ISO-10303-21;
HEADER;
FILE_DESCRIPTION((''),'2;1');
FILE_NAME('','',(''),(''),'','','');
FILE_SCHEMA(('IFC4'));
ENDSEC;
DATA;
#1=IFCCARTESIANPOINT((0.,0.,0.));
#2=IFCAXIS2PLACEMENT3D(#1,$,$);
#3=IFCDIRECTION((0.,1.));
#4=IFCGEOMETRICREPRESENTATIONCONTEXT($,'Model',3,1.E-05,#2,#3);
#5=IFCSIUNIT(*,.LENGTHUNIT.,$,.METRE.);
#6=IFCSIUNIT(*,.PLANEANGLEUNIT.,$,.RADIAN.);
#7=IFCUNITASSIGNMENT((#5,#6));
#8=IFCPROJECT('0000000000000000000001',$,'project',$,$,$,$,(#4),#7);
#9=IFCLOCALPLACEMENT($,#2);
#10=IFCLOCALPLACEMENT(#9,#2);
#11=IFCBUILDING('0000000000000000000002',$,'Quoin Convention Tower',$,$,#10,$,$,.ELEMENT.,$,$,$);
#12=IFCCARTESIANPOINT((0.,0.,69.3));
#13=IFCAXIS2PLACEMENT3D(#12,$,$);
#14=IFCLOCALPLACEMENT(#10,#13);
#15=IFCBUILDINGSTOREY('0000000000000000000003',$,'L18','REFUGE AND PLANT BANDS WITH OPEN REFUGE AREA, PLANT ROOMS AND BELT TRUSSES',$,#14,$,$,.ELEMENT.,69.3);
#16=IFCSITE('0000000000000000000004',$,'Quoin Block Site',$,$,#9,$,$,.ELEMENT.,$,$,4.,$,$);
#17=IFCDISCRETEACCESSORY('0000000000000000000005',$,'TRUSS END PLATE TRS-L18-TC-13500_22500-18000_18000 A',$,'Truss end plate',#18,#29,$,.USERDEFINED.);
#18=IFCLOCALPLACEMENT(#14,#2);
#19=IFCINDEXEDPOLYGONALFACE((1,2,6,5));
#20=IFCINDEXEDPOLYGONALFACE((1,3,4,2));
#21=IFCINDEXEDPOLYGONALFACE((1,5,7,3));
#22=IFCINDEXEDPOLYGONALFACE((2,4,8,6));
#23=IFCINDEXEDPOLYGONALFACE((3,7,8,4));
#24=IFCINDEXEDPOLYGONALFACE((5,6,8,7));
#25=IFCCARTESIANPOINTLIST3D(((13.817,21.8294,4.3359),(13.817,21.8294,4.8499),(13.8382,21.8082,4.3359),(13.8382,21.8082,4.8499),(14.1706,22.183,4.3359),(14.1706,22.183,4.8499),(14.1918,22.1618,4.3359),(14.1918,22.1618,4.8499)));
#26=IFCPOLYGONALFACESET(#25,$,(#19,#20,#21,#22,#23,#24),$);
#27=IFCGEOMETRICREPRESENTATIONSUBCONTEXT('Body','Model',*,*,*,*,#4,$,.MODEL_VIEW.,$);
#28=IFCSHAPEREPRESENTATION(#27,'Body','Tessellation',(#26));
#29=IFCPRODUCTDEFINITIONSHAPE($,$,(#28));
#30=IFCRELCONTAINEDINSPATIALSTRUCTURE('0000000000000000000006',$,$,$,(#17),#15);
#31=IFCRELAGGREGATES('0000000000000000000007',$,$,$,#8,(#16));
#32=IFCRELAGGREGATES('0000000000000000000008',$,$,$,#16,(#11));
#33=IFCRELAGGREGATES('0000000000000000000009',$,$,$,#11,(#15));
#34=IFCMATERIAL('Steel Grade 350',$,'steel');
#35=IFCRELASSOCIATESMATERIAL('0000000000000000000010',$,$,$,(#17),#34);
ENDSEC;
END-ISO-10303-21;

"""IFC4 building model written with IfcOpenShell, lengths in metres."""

from ifc_helpers import new_model, si_unit, direction, frame, origin, origin_2d, place, context, subcontext, project, spatial, rectangle, extrude, material, element, save


model = new_model("IFC4")

# Units and contexts
model_context = context("Model", 3, precision=1e-05, world=origin(), true_north=direction((0.0, 1.0)))
body_context = subcontext(model_context, "Body", "Model", "MODEL_VIEW")
ifc_project = project(units=[si_unit("LENGTHUNIT", "METRE"), si_unit("PLANEANGLEUNIT", "RADIAN")], contexts=[model_context])

# Site, building, storey
site_placement = place(None, origin())
site = spatial("IfcSite", under=ifc_project, at=site_placement, Name="Quoin Block Site", CompositionType="ELEMENT", RefElevation=4.0)
building_placement = place(site_placement, origin())
building = spatial("IfcBuilding", under=site, at=building_placement, Name="Quoin Convention Tower", CompositionType="ELEMENT")
storey_placement = place(building_placement, frame((0.0, 0.0, 69.3)))
storey = spatial("IfcBuildingStorey", under=building, at=storey_placement, Name="L18", Description="REFUGE AND PLANT BANDS WITH OPEN REFUGE AREA, PLANT ROOMS AND BELT TRUSSES", CompositionType="ELEMENT", Elevation=69.3)

# Discrete accessory
ifc_material_1 = material(Name="Steel Grade 350", Category="steel")
discrete_accessory_placement = place(storey_placement, frame((14.0044, 21.9956, 4.3359), z_axis=(0.0, 0.0, 1.0), x_axis=(-0.707107, 0.707107, 0.0)))
element("IfcDiscreteAccessory", 1, at=discrete_accessory_placement, inside=storey, material=ifc_material_1, Name="TRUSS END PLATE TRS-L18-TC-13500_22500-18000_18000 A", ObjectType="Truss end plate", PredefinedType="USERDEFINED", context=body_context, shape_type="SweptSolid", body=[
    extrude(rectangle(XDim=0.03, YDim=0.5, at=origin_2d()), origin(), (0.0, 0.0, 1.0), 0.5139),
])

save(model, "model.ifc")
